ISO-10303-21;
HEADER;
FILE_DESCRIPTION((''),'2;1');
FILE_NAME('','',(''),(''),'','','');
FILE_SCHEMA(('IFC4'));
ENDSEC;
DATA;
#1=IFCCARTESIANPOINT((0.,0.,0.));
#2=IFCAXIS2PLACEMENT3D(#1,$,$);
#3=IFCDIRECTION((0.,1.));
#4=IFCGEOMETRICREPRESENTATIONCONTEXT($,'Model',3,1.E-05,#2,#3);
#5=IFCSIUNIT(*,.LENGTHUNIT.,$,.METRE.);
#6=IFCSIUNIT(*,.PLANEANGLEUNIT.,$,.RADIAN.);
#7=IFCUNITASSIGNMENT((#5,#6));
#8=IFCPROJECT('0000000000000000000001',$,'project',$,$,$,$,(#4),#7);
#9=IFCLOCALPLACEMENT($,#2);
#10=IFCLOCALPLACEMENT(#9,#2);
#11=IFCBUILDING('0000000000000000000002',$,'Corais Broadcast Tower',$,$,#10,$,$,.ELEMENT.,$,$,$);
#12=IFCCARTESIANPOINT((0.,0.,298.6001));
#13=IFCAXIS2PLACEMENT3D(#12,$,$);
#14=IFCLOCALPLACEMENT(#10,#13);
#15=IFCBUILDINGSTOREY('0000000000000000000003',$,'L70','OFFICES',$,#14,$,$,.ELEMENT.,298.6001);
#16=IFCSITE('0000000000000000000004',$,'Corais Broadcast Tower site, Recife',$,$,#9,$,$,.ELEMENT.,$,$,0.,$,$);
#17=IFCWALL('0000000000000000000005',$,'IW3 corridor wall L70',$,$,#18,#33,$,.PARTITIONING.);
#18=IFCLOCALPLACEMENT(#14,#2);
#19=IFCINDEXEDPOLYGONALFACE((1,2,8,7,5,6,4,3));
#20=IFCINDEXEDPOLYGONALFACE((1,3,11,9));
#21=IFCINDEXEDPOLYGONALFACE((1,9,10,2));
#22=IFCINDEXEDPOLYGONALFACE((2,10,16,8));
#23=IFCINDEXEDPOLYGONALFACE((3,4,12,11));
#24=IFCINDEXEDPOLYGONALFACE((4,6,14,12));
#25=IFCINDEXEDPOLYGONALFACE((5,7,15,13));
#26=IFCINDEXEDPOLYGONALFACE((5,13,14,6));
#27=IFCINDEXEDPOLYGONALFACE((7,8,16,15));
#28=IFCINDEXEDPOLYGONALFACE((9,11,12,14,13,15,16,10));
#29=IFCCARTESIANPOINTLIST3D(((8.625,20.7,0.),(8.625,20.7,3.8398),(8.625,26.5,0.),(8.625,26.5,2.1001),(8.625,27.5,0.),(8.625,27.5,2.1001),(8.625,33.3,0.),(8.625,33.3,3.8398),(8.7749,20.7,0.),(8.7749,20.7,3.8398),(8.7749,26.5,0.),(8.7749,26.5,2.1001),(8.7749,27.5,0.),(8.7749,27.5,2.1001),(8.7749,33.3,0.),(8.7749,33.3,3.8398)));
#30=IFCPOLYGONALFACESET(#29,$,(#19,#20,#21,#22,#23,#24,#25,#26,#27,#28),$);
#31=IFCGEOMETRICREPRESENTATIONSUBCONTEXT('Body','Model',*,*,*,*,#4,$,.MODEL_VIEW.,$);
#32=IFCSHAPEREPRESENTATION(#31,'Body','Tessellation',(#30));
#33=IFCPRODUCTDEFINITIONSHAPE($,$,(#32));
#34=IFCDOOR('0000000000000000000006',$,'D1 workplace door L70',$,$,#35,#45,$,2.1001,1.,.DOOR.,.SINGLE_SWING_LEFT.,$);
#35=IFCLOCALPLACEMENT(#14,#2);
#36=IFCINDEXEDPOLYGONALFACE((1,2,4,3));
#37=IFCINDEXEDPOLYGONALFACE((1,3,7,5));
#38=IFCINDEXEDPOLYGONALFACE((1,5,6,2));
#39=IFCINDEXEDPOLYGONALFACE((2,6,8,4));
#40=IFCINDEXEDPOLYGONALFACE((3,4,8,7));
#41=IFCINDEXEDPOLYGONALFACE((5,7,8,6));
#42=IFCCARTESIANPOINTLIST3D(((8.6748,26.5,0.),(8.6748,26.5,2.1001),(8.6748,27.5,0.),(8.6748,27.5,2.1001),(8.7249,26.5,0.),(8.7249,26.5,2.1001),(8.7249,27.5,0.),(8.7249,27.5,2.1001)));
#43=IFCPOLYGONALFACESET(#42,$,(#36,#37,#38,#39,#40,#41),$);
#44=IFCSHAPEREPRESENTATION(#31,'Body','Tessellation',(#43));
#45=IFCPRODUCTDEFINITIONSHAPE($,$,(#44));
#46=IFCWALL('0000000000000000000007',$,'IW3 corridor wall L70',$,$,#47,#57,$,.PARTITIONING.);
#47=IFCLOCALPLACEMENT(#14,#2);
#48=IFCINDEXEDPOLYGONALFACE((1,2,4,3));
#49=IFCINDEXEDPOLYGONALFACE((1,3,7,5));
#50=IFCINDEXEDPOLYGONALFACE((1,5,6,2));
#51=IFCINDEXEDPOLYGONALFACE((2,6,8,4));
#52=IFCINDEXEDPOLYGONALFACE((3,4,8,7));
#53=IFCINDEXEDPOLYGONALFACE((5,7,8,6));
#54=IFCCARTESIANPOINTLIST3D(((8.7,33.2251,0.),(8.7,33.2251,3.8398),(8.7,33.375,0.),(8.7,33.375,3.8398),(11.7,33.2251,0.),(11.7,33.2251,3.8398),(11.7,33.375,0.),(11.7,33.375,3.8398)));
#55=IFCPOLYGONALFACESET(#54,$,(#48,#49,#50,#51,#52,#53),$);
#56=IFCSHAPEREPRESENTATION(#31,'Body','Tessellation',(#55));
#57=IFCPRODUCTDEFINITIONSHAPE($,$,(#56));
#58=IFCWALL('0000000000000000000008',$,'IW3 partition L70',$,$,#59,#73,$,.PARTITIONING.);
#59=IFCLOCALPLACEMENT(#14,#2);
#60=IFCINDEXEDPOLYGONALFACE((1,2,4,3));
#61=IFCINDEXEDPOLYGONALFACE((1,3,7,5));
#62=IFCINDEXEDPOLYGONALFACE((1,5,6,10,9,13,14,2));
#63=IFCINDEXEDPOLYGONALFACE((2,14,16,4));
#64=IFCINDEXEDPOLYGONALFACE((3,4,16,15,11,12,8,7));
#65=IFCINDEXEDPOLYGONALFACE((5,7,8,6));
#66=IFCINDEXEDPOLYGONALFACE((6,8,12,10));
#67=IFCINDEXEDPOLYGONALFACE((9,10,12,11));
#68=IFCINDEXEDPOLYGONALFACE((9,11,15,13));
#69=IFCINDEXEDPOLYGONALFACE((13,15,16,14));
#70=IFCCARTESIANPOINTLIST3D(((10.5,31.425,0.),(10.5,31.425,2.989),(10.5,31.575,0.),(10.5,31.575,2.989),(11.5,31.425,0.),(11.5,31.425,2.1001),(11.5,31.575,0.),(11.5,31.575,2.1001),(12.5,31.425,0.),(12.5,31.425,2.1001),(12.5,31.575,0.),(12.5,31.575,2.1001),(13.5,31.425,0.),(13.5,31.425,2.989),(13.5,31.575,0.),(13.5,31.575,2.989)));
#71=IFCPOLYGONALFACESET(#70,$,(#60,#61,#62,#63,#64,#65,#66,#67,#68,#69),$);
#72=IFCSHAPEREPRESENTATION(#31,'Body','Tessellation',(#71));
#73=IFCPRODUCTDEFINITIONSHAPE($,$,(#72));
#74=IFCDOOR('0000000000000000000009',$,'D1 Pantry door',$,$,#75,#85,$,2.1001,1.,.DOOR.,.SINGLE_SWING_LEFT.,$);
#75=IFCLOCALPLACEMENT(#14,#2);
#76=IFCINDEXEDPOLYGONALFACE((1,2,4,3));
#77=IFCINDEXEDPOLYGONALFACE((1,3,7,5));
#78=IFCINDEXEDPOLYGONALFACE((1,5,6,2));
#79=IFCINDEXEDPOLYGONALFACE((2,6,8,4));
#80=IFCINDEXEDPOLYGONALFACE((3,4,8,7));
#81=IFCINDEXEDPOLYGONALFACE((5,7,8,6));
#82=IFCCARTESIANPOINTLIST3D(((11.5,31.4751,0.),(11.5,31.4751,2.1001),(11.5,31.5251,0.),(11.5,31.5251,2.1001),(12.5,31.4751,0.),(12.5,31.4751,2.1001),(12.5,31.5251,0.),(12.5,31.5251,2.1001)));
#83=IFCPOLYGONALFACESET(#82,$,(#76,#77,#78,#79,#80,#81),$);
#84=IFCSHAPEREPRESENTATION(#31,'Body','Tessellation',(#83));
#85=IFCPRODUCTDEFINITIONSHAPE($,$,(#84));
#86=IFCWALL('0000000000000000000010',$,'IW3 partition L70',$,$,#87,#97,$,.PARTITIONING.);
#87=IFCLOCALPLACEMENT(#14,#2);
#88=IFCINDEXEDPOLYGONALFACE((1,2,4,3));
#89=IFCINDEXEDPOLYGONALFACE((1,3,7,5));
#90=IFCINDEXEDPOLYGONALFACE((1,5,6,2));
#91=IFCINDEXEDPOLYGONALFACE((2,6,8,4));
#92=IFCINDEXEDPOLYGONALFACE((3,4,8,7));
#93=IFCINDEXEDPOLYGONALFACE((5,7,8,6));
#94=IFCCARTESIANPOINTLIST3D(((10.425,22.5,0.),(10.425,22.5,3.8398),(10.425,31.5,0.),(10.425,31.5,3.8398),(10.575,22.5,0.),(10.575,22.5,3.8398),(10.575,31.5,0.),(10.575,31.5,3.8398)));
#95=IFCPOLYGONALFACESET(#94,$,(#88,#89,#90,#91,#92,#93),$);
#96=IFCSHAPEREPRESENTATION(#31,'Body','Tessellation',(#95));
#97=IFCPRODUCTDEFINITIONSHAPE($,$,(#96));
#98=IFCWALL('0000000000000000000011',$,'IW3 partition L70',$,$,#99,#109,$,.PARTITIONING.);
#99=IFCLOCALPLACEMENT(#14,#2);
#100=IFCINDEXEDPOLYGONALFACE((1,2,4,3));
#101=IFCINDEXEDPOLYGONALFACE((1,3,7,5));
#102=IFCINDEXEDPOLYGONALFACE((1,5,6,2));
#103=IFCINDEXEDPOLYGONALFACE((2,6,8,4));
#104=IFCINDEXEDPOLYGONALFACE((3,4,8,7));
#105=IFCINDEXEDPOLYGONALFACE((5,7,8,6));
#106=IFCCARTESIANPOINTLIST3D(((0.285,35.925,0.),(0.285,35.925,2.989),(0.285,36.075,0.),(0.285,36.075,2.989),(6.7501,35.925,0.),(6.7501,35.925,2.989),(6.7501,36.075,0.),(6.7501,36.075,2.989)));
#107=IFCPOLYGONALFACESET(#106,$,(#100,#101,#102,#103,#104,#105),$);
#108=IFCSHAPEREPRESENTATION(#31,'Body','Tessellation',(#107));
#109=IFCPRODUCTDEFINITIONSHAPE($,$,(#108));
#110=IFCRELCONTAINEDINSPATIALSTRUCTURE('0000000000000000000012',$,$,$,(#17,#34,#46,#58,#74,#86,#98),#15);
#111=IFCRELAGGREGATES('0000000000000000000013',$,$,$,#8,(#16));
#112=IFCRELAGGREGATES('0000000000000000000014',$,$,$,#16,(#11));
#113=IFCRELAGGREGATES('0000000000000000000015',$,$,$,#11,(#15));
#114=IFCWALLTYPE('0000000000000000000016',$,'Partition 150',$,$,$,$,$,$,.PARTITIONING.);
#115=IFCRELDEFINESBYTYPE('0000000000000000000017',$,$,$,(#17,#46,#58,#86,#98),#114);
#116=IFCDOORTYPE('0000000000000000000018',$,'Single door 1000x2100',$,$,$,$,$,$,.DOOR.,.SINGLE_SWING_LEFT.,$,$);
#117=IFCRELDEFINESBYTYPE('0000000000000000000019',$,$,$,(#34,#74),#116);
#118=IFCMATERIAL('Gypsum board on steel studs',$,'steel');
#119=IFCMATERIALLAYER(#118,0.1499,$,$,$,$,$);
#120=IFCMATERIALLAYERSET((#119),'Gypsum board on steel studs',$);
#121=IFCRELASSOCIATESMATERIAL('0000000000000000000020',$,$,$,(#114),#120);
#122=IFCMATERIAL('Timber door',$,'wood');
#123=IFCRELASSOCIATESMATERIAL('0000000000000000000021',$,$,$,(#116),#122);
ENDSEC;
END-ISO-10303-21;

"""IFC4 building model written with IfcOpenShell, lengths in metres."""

from ifc_helpers import new_model, si_unit, direction, frame, frame_2d, origin, place, context, subcontext, project, spatial, rectangle, extrude, material, layer, layer_set, type_object, element, fill, save


model = new_model("IFC4")

# Units and contexts
model_context = context("Model", 3, precision=1e-05, world=origin(), true_north=direction((0.0, 1.0)))
body_context = subcontext(model_context, "Body", "Model", "MODEL_VIEW")
ifc_project = project(units=[si_unit("LENGTHUNIT", "METRE"), si_unit("PLANEANGLEUNIT", "RADIAN")], contexts=[model_context])

# Site, building, storey
site_placement = place(None, origin())
site = spatial("IfcSite", under=ifc_project, at=site_placement, Name="Corais Broadcast Tower site, Recife", CompositionType="ELEMENT", RefElevation=0.0)
building_placement = place(site_placement, origin())
building = spatial("IfcBuilding", under=site, at=building_placement, Name="Corais Broadcast Tower", CompositionType="ELEMENT")
storey_placement = place(building_placement, frame((0.0, 0.0, 298.6001)))
storey = spatial("IfcBuildingStorey", under=building, at=storey_placement, Name="L70", Description="OFFICES", CompositionType="ELEMENT", Elevation=298.6001)

# Wall, opening, door
ifc_material_1 = material(Name="Gypsum board on steel studs", Category="steel")
ifc_layer_1 = layer(ifc_material_1, 0.1499)
ifc_layer_set_1 = layer_set([ifc_layer_1], Name="Gypsum board on steel studs")
wall_type_1 = type_object("IfcWallType", Name="Partition 150", PredefinedType="PARTITIONING", material=ifc_layer_set_1)
wall_1_placement = place(storey_placement, frame((8.7, 33.3, 0.0), z_axis=(0.0, 0.0, 1.0), x_axis=(0.0, -1.0, 0.0)))
wall_1 = element("IfcWall", 1, at=wall_1_placement, inside=storey, type_object=wall_type_1, Name="IW3 corridor wall L70", PredefinedType="PARTITIONING", context=body_context, shape_type="SweptSolid", body=[
    extrude(rectangle(XDim=12.6001, YDim=0.1499, at=frame_2d((6.3, 0.0))), origin(), (0.0, 0.0, 1.0), 3.8398),
])
opening_1_placement = place(wall_1_placement, frame((5.8, 0.0, 0.0)))
opening_1 = element("IfcOpeningElement", 2, at=opening_1_placement, cuts=wall_1, PredefinedType="OPENING", context=body_context, shape_type="SweptSolid", body=[
    extrude(rectangle(XDim=1.0, YDim=2.1001, at=frame_2d((0.5, 1.05))), frame((0.0, 0.085, 0.0), z_axis=(0.0, -1.0, 0.0), x_axis=(1.0, 0.0, 0.0)), (0.0, 0.0, 1.0), 0.1699),
])
ifc_material_2 = material(Name="Timber door", Category="wood")
door_type_1 = type_object("IfcDoorType", Name="Single door 1000x2100", OperationType="SINGLE_SWING_LEFT", PredefinedType="DOOR", material=ifc_material_2)
door_1_placement = place(opening_1_placement, origin())
door_1 = element("IfcDoor", 3, at=door_1_placement, inside=storey, type_object=door_type_1, Name="D1 workplace door L70", OperationType="SINGLE_SWING_LEFT", OverallHeight=2.1001, OverallWidth=1.0, PredefinedType="DOOR", context=body_context, shape_type="SweptSolid", body=[
    extrude(rectangle(XDim=1.0, YDim=2.1001, at=frame_2d((0.5, 1.05))), frame((0.0, 0.0249, 0.0), z_axis=(0.0, -1.0, 0.0), x_axis=(1.0, 0.0, 0.0)), (0.0, 0.0, 1.0), 0.05),
])
fill(opening_1, door_1)

# Wall
wall_2_placement = place(storey_placement, frame((11.7, 33.3, 0.0), z_axis=(0.0, 0.0, 1.0), x_axis=(-1.0, 0.0, 0.0)))
element("IfcWall", 4, at=wall_2_placement, inside=storey, type_object=wall_type_1, Name="IW3 corridor wall L70", PredefinedType="PARTITIONING", context=body_context, shape_type="SweptSolid", body=[
    extrude(rectangle(XDim=3.0, YDim=0.1499, at=frame_2d((1.5, 0.0))), origin(), (0.0, 0.0, 1.0), 3.8398),
])

# Wall, opening, door
wall_3_placement = place(storey_placement, frame((13.5, 31.5, 0.0), z_axis=(0.0, 0.0, 1.0), x_axis=(-1.0, 0.0, 0.0)))
wall_3 = element("IfcWall", 5, at=wall_3_placement, inside=storey, type_object=wall_type_1, Name="IW3 partition L70", PredefinedType="PARTITIONING", context=body_context, shape_type="SweptSolid", body=[
    extrude(rectangle(XDim=3.0, YDim=0.1499, at=frame_2d((1.5, 0.0))), origin(), (0.0, 0.0, 1.0), 2.989),
])
opening_2_placement = place(wall_3_placement, frame((1.0, 0.0, 0.0)))
opening_2 = element("IfcOpeningElement", 6, at=opening_2_placement, cuts=wall_3, PredefinedType="OPENING", context=body_context, shape_type="SweptSolid", body=[
    extrude(rectangle(XDim=1.0, YDim=2.1001, at=frame_2d((0.5, 1.05))), frame((0.0, 0.085, 0.0), z_axis=(0.0, -1.0, 0.0), x_axis=(1.0, 0.0, 0.0)), (0.0, 0.0, 1.0), 0.1699),
])
door_2_placement = place(opening_2_placement, origin())
door_2 = element("IfcDoor", 7, at=door_2_placement, inside=storey, type_object=door_type_1, Name="D1 Pantry door", OperationType="SINGLE_SWING_LEFT", OverallHeight=2.1001, OverallWidth=1.0, PredefinedType="DOOR", context=body_context, shape_type="SweptSolid", body=[
    extrude(rectangle(XDim=1.0, YDim=2.1001, at=frame_2d((0.5, 1.05))), frame((0.0, 0.0249, 0.0), z_axis=(0.0, -1.0, 0.0), x_axis=(1.0, 0.0, 0.0)), (0.0, 0.0, 1.0), 0.05),
])
fill(opening_2, door_2)

# Walls
wall_4_placement = place(storey_placement, frame((10.5, 31.5, 0.0), z_axis=(0.0, 0.0, 1.0), x_axis=(0.0, -1.0, 0.0)))
element("IfcWall", 8, at=wall_4_placement, inside=storey, type_object=wall_type_1, Name="IW3 partition L70", PredefinedType="PARTITIONING", context=body_context, shape_type="SweptSolid", body=[
    extrude(rectangle(XDim=9.0, YDim=0.1499, at=frame_2d((4.5, 0.0))), origin(), (0.0, 0.0, 1.0), 3.8398),
])
wall_5_placement = place(storey_placement, frame((6.75, 36.0, 0.0), z_axis=(0.0, 0.0, 1.0), x_axis=(-1.0, 0.0, 0.0)))
element("IfcWall", 9, at=wall_5_placement, inside=storey, type_object=wall_type_1, Name="IW3 partition L70", PredefinedType="PARTITIONING", context=body_context, shape_type="SweptSolid", body=[
    extrude(rectangle(XDim=6.4651, YDim=0.1499, at=frame_2d((3.2324, 0.0))), origin(), (0.0, 0.0, 1.0), 2.989),
])

save(model, "model.ifc")
